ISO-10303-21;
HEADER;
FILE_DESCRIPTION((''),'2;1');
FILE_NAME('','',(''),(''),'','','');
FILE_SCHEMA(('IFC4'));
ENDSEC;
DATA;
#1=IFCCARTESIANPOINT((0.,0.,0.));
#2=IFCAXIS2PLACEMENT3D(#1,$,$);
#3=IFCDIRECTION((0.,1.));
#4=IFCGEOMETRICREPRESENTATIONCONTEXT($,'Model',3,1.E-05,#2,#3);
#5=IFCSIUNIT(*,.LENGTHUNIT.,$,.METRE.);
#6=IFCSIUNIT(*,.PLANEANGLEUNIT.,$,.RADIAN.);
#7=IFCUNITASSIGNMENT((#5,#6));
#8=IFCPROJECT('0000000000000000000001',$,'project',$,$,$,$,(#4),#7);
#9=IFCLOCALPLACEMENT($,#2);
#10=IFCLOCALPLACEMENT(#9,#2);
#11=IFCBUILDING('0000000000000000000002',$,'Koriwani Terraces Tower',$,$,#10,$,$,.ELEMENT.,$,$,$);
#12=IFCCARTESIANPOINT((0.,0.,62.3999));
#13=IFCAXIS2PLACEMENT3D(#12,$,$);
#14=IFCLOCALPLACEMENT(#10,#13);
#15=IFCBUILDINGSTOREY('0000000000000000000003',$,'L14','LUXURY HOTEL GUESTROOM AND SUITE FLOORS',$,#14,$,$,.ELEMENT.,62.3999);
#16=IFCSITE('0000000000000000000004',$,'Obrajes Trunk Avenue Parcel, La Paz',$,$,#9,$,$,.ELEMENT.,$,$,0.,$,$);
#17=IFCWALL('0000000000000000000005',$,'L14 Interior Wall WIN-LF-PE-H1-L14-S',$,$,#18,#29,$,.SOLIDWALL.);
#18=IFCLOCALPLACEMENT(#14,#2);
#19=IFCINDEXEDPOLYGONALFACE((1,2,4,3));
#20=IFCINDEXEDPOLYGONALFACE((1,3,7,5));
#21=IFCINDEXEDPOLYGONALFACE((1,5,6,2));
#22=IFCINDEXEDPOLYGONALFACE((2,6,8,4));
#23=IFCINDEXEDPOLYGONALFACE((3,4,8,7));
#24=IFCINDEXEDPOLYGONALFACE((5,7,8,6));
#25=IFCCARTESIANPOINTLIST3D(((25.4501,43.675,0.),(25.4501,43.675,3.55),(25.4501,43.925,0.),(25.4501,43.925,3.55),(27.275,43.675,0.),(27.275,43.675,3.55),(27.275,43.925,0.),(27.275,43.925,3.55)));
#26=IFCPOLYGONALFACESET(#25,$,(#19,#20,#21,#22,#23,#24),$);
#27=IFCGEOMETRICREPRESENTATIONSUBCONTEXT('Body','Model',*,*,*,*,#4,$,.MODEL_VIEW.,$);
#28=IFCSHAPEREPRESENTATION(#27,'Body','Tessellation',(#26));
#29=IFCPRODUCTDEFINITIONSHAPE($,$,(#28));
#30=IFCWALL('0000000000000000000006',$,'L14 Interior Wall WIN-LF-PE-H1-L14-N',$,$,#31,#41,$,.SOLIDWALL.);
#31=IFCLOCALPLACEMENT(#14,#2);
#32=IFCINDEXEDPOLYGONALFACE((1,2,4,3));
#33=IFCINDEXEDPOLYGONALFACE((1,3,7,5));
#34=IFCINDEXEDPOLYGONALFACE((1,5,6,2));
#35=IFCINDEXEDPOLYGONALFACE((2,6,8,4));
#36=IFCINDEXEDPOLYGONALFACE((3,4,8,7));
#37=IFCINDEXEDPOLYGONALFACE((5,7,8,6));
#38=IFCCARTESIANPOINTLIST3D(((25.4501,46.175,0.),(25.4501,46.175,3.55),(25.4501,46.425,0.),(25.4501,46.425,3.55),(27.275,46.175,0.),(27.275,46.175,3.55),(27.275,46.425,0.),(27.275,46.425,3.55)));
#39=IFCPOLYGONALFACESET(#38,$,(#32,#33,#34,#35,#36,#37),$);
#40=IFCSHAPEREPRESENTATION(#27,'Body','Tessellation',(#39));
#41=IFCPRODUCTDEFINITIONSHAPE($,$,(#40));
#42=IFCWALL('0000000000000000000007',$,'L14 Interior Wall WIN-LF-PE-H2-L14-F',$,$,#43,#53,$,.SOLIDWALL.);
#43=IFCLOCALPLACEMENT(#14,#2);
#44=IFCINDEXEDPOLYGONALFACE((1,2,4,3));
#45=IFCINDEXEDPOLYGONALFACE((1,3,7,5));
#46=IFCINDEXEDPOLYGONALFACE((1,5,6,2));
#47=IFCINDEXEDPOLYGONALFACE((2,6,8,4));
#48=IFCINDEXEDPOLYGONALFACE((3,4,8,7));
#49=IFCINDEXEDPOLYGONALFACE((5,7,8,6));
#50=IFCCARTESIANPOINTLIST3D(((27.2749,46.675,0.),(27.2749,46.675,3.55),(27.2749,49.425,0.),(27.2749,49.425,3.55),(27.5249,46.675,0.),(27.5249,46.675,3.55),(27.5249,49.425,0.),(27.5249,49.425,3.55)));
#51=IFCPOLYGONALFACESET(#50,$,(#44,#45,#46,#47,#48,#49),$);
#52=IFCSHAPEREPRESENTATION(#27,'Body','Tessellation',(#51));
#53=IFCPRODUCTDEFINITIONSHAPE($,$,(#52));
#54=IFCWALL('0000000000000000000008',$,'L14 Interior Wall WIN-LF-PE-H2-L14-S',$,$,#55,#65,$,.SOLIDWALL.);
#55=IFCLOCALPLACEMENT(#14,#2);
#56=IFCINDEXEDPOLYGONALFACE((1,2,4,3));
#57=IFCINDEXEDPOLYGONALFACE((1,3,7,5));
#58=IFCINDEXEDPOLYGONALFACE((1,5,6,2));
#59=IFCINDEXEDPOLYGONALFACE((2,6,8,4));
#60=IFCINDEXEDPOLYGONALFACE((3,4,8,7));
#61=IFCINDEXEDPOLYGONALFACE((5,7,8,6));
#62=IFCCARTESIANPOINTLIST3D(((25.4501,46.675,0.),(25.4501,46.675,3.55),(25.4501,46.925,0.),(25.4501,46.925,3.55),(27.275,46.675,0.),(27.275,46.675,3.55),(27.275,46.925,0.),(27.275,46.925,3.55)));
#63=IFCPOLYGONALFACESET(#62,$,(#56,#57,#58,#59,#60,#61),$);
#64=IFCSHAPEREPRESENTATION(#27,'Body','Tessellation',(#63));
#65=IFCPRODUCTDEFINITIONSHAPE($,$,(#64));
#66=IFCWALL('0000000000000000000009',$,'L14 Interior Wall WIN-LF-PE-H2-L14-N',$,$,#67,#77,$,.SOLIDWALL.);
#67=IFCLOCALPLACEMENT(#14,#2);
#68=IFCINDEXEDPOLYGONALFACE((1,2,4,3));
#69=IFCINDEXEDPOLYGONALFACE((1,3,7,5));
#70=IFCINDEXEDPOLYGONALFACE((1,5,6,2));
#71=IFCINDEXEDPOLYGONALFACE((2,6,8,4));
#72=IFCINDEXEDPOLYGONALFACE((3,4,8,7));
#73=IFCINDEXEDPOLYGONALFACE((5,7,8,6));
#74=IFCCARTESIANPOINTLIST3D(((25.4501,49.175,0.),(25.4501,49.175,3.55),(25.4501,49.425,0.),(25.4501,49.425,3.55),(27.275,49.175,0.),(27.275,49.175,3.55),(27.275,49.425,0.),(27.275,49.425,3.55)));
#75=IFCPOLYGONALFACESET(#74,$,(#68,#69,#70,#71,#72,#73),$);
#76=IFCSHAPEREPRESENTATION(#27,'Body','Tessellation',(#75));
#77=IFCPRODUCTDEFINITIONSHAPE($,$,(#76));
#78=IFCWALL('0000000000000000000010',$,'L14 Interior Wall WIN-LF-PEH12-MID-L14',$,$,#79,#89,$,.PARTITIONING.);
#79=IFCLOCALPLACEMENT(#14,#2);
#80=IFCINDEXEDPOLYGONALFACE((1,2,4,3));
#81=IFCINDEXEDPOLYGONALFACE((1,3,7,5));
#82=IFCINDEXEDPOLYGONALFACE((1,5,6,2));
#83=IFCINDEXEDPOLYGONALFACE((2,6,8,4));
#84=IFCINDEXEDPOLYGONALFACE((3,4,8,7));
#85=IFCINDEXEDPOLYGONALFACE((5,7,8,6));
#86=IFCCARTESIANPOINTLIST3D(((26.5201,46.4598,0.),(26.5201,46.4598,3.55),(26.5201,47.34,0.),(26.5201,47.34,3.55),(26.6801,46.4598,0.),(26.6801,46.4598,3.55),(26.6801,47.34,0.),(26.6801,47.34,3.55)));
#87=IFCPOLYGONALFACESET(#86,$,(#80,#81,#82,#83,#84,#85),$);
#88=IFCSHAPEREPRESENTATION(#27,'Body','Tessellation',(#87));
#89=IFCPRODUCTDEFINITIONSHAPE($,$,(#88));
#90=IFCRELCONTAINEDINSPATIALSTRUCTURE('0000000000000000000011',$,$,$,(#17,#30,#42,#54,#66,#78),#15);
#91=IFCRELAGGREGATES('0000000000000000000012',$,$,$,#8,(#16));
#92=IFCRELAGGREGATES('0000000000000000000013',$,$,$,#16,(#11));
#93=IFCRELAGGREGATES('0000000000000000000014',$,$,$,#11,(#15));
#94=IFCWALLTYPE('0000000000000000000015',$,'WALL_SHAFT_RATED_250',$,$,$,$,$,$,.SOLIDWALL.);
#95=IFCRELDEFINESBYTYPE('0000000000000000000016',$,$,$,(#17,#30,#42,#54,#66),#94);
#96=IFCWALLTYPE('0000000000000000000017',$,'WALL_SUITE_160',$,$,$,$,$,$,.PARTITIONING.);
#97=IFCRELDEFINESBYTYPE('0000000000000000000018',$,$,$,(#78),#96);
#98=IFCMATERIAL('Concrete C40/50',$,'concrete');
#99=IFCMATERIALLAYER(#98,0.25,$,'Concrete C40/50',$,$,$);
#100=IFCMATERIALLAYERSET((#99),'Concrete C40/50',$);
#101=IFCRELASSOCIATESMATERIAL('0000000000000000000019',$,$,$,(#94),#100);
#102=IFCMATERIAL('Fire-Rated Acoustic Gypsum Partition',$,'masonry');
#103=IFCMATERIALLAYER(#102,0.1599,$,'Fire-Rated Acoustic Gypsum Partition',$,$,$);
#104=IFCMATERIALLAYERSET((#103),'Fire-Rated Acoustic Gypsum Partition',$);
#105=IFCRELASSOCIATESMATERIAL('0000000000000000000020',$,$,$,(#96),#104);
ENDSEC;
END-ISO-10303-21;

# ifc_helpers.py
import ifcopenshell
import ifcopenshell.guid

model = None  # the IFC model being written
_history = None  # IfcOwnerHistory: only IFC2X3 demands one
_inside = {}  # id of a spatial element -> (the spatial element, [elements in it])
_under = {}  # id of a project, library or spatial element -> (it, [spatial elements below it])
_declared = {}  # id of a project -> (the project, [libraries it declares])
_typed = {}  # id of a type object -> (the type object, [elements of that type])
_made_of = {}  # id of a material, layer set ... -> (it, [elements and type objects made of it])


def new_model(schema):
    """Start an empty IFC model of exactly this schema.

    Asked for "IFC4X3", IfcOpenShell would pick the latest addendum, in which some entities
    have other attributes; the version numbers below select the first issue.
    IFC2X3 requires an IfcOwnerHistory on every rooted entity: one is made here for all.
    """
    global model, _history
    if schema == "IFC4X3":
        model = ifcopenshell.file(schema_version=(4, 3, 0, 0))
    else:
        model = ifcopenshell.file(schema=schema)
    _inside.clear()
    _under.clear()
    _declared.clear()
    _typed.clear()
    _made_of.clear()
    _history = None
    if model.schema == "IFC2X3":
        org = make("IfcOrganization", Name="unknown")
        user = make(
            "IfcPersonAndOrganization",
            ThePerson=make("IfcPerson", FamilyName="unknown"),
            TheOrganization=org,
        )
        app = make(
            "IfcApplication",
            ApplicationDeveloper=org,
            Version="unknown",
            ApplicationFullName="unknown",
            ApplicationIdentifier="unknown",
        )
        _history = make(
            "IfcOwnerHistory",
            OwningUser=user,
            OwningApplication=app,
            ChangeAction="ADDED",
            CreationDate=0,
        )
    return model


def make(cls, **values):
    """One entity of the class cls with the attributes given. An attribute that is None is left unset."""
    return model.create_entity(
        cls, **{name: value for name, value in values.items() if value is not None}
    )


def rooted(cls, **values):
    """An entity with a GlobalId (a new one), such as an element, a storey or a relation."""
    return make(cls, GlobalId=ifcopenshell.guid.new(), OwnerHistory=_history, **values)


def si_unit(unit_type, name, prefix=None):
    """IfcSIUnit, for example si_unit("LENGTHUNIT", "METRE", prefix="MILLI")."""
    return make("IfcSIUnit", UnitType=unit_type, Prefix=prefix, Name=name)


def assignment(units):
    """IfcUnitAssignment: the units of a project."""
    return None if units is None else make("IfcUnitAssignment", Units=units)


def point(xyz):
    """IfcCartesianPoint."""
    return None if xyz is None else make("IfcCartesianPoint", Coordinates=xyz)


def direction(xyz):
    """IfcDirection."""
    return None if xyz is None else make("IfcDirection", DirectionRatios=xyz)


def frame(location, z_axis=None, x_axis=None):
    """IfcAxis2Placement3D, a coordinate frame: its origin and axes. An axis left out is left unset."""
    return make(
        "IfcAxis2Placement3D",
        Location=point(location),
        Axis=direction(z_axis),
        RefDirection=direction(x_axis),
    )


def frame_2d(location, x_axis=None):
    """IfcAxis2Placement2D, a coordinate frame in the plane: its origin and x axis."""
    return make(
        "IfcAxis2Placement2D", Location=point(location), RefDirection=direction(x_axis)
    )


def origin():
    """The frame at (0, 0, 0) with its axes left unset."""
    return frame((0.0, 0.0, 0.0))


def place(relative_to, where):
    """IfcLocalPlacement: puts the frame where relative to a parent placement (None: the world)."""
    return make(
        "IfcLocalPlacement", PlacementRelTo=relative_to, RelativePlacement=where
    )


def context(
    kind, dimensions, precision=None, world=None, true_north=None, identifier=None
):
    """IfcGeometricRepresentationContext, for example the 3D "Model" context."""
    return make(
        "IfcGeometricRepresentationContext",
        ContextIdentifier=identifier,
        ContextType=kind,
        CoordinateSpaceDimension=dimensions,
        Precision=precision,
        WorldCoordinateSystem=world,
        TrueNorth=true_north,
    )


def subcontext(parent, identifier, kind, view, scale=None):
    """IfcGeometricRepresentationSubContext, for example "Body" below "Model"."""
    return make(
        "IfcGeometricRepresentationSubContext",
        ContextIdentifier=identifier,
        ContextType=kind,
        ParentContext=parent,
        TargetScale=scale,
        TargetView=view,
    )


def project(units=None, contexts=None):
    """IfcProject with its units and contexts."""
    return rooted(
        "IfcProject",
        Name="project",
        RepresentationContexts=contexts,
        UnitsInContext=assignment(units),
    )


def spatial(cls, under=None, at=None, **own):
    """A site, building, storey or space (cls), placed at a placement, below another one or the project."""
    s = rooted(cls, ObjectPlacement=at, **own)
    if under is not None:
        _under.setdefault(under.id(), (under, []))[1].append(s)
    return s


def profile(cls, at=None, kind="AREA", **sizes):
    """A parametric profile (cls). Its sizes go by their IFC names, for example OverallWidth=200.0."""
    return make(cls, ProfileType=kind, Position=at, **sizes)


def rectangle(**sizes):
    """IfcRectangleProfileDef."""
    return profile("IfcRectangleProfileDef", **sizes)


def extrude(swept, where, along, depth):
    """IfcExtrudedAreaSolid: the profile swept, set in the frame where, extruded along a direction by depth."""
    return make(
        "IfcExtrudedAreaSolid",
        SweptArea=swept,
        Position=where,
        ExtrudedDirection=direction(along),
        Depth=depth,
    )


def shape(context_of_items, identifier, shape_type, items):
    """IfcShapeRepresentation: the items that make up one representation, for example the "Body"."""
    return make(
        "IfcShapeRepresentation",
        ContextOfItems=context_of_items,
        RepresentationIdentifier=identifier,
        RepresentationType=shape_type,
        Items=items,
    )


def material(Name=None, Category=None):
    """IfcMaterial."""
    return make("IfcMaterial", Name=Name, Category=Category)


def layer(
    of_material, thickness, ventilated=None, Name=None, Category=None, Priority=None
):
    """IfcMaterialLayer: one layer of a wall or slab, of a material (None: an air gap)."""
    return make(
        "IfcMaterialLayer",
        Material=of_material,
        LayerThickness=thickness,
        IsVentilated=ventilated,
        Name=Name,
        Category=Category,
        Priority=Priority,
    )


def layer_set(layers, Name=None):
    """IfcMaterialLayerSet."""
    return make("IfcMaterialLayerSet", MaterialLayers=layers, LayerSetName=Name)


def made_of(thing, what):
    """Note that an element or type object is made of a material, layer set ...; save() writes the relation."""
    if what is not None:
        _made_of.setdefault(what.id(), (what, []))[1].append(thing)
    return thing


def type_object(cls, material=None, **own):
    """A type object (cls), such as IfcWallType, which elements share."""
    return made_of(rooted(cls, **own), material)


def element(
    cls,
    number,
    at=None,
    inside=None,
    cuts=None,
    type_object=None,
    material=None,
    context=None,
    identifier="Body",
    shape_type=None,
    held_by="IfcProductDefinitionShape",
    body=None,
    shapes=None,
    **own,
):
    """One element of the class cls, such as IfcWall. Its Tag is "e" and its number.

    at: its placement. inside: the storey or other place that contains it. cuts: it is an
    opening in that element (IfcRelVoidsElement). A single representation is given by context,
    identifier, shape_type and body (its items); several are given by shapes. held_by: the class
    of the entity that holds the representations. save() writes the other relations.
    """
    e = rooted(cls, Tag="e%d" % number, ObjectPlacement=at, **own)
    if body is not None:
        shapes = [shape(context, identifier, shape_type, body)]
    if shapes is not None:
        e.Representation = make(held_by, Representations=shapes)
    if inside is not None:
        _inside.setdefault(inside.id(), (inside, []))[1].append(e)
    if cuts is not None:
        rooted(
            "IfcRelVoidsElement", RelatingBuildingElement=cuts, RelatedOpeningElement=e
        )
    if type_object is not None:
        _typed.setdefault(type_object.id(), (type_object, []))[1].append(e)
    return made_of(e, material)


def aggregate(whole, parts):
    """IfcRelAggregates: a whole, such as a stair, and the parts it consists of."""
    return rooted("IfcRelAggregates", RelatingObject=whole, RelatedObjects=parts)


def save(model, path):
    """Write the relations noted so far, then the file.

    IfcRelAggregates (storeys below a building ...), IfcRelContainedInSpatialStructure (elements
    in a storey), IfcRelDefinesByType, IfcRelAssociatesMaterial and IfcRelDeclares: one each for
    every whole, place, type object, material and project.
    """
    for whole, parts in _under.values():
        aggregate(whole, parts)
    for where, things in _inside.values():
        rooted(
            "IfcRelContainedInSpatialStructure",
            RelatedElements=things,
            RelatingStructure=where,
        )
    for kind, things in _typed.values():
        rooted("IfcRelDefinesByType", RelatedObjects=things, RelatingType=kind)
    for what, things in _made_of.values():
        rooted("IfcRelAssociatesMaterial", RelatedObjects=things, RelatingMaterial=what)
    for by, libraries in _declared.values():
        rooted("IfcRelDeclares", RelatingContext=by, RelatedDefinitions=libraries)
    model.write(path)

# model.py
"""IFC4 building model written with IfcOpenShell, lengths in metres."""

from ifc_helpers import new_model, si_unit, direction, frame, frame_2d, origin, place, context, subcontext, project, spatial, rectangle, extrude, material, layer, layer_set, type_object, element, save


model = new_model("IFC4")

# Units and contexts
model_context = context("Model", 3, precision=1e-05, world=origin(), true_north=direction((0.0, 1.0)))
body_context = subcontext(model_context, "Body", "Model", "MODEL_VIEW")
ifc_project = project(units=[si_unit("LENGTHUNIT", "METRE"), si_unit("PLANEANGLEUNIT", "RADIAN")], contexts=[model_context])

# Site, building, storey
site_placement = place(None, origin())
site = spatial("IfcSite", under=ifc_project, at=site_placement, Name="Obrajes Trunk Avenue Parcel, La Paz", CompositionType="ELEMENT", RefElevation=0.0)
building_placement = place(site_placement, origin())
building = spatial("IfcBuilding", under=site, at=building_placement, Name="Koriwani Terraces Tower", CompositionType="ELEMENT")
storey_placement = place(building_placement, frame((0.0, 0.0, 62.3999)))
storey = spatial("IfcBuildingStorey", under=building, at=storey_placement, Name="L14", Description="LUXURY HOTEL GUESTROOM AND SUITE FLOORS", CompositionType="ELEMENT", Elevation=62.3999)

# Walls
ifc_material_1 = material(Name="Concrete C40/50", Category="concrete")
ifc_layer_1 = layer(ifc_material_1, 0.25, Name="Concrete C40/50")
ifc_layer_set_1 = layer_set([ifc_layer_1], Name="Concrete C40/50")
wall_type_1 = type_object("IfcWallType", Name="WALL_SHAFT_RATED_250", PredefinedType="SOLIDWALL", material=ifc_layer_set_1)
for number, where, z_axis, x_axis, name in (
    (1, (25.45, 43.8, 0.0), (0.0, 0.0, 1.0), (1.0, 0.0, 0.0), "L14 Interior Wall WIN-LF-PE-H1-L14-S"),
    (2, (25.45, 46.3, 0.0), (0.0, 0.0, 1.0), (1.0, 0.0, 0.0), "L14 Interior Wall WIN-LF-PE-H1-L14-N"),
):
    element("IfcWall", number, at=place(storey_placement, frame(where, z_axis=z_axis, x_axis=x_axis)), inside=storey, type_object=wall_type_1, Name=name, PredefinedType="SOLIDWALL", context=body_context, shape_type="SweptSolid", body=[
        extrude(rectangle(XDim=1.825, YDim=0.25, at=frame_2d((0.9126, 0.0))), origin(), (0.0, 0.0, 1.0), 3.55),
    ])
wall_1_placement = place(storey_placement, frame((27.3999, 46.675, 0.0), z_axis=(0.0, 0.0, 1.0), x_axis=(0.0, 1.0, 0.0)))
element("IfcWall", 3, at=wall_1_placement, inside=storey, type_object=wall_type_1, Name="L14 Interior Wall WIN-LF-PE-H2-L14-F", PredefinedType="SOLIDWALL", context=body_context, shape_type="SweptSolid", body=[
    extrude(rectangle(XDim=2.75, YDim=0.25, at=frame_2d((1.375, 0.0))), origin(), (0.0, 0.0, 1.0), 3.55),
])
for number, where, z_axis, x_axis, name in (
    (4, (25.45, 46.8, 0.0), (0.0, 0.0, 1.0), (1.0, 0.0, 0.0), "L14 Interior Wall WIN-LF-PE-H2-L14-S"),
    (5, (25.45, 49.3, 0.0), (0.0, 0.0, 1.0), (1.0, 0.0, 0.0), "L14 Interior Wall WIN-LF-PE-H2-L14-N"),
):
    element("IfcWall", number, at=place(storey_placement, frame(where, z_axis=z_axis, x_axis=x_axis)), inside=storey, type_object=wall_type_1, Name=name, PredefinedType="SOLIDWALL", context=body_context, shape_type="SweptSolid", body=[
        extrude(rectangle(XDim=1.825, YDim=0.25, at=frame_2d((0.9126, 0.0))), origin(), (0.0, 0.0, 1.0), 3.55),
    ])
ifc_material_2 = material(Name="Fire-Rated Acoustic Gypsum Partition", Category="masonry")
ifc_layer_2 = layer(ifc_material_2, 0.1599, Name="Fire-Rated Acoustic Gypsum Partition")
ifc_layer_set_2 = layer_set([ifc_layer_2], Name="Fire-Rated Acoustic Gypsum Partition")
wall_type_2 = type_object("IfcWallType", Name="WALL_SUITE_160", PredefinedType="PARTITIONING", material=ifc_layer_set_2)
wall_2_placement = place(storey_placement, frame((26.6001, 46.46, 0.0), z_axis=(0.0, 0.0, 1.0), x_axis=(0.0, 1.0, 0.0)))
element("IfcWall", 6, at=wall_2_placement, inside=storey, type_object=wall_type_2, Name="L14 Interior Wall WIN-LF-PEH12-MID-L14", PredefinedType="PARTITIONING", context=body_context, shape_type="SweptSolid", body=[
    extrude(rectangle(XDim=0.8801, YDim=0.1599, at=frame_2d((0.4399, 0.0))), origin(), (0.0, 0.0, 1.0), 3.55),
])

save(model, "model.ifc")
